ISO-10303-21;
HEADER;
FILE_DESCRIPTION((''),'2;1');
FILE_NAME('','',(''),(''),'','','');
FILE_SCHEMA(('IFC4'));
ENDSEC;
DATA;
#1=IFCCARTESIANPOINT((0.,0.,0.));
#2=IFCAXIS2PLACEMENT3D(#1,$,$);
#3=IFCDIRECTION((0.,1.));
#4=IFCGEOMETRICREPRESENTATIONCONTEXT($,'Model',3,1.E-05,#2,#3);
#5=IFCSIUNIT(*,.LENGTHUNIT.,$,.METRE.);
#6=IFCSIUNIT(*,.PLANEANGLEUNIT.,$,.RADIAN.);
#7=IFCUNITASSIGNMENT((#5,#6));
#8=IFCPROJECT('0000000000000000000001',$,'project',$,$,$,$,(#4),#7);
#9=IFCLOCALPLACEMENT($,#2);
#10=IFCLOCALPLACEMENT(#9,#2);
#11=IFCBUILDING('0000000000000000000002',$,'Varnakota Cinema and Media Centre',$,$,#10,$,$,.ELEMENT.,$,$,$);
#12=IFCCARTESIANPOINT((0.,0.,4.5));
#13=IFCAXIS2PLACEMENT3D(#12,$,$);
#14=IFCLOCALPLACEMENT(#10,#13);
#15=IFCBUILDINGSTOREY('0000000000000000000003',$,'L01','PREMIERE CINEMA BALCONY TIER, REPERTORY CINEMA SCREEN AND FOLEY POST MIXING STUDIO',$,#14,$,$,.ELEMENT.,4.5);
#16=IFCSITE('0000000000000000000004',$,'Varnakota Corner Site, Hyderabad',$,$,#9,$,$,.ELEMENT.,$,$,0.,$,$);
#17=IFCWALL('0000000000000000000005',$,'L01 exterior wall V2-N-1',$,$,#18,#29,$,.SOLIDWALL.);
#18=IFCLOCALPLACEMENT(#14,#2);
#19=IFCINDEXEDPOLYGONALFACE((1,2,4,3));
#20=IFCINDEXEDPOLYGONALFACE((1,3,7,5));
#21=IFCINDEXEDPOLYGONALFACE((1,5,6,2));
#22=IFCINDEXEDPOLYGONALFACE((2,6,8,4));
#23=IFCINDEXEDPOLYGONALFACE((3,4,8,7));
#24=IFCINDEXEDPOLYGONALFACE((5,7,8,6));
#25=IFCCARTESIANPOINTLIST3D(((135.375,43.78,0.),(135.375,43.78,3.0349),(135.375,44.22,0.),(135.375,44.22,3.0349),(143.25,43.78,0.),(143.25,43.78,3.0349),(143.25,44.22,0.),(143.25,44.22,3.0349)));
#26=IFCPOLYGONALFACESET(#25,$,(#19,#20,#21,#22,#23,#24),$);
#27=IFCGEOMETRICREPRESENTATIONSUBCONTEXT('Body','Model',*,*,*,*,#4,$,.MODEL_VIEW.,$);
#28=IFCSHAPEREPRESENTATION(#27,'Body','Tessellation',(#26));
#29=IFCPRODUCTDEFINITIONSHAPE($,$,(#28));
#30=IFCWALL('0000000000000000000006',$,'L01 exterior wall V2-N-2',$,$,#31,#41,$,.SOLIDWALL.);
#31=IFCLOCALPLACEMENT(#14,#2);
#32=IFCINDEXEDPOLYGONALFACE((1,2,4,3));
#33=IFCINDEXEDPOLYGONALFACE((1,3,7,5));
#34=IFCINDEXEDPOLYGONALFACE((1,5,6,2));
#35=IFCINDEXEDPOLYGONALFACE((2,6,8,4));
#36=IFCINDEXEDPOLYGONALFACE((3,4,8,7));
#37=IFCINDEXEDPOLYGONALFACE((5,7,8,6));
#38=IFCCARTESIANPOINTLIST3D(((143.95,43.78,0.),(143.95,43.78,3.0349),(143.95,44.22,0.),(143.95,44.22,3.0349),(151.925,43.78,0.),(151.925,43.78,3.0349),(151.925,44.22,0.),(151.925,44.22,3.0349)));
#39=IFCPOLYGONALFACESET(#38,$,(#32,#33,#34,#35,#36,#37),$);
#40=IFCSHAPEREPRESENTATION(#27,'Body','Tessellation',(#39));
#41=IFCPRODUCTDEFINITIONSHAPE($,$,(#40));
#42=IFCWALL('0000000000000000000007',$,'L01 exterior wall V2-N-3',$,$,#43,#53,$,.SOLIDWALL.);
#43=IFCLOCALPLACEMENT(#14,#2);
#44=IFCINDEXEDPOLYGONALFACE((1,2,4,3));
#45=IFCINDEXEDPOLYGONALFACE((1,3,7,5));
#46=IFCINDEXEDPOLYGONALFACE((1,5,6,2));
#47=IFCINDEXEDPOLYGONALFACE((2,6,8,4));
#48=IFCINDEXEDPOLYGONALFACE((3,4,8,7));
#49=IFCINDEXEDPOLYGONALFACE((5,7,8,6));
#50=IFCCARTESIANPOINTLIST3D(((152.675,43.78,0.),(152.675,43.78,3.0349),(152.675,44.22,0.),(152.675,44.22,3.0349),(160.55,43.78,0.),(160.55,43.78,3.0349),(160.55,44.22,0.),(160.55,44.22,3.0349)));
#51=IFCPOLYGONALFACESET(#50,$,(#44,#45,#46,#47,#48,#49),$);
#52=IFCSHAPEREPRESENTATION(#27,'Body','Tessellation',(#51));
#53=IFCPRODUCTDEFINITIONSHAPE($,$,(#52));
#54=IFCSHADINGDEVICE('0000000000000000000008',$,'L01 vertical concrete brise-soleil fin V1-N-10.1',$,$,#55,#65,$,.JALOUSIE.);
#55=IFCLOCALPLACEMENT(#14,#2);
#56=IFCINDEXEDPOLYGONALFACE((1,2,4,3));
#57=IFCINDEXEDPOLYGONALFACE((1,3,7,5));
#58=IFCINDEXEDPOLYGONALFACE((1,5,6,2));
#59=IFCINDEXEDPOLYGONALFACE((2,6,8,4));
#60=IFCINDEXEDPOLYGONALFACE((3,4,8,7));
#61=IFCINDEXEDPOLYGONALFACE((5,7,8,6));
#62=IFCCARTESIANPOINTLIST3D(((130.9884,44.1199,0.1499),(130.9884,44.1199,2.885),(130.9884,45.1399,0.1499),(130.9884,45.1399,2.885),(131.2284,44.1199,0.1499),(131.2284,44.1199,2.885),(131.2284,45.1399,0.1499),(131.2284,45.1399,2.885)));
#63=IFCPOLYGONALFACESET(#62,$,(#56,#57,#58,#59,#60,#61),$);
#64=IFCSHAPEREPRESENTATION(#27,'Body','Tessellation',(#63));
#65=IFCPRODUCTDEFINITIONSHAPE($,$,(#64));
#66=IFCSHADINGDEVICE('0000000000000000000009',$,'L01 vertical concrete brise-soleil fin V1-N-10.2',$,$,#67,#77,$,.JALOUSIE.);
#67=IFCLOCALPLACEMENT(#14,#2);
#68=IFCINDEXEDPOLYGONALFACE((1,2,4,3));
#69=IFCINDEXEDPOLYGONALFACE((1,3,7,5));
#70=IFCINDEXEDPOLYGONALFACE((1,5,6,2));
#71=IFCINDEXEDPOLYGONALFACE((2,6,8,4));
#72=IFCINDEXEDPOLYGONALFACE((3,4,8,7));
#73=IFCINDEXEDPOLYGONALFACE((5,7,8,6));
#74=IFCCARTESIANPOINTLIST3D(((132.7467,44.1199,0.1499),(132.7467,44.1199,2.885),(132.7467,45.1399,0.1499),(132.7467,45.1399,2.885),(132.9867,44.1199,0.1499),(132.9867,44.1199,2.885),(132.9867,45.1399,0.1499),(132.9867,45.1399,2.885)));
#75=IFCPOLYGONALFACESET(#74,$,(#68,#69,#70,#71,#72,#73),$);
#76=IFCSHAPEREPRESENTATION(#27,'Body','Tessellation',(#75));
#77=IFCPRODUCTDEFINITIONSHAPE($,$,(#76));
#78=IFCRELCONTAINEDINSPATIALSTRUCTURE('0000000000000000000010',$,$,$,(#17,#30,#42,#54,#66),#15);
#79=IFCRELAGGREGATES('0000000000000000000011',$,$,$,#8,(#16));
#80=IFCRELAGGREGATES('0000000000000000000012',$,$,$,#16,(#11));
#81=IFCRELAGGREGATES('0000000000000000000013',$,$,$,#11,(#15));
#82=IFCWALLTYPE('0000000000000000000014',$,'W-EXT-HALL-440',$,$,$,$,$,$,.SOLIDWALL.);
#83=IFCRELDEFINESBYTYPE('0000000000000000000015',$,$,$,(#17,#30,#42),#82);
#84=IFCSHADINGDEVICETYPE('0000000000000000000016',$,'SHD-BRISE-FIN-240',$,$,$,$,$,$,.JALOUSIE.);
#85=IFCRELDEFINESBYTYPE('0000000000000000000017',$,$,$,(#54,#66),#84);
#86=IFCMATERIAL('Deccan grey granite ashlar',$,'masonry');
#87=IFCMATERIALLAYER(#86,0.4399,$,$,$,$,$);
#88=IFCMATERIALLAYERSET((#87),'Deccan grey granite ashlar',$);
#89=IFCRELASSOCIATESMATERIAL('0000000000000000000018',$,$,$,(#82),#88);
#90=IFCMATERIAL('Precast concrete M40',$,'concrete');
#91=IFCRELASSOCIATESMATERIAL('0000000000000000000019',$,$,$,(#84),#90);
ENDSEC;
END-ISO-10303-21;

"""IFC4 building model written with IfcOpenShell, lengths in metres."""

from ifc_helpers import new_model, si_unit, direction, frame, frame_2d, origin, origin_2d, place, context, subcontext, project, spatial, rectangle, extrude, material, layer, layer_set, type_object, element, save


model = new_model("IFC4")

# Units and contexts
model_context = context("Model", 3, precision=1e-05, world=origin(), true_north=direction((0.0, 1.0)))
body_context = subcontext(model_context, "Body", "Model", "MODEL_VIEW")
ifc_project = project(units=[si_unit("LENGTHUNIT", "METRE"), si_unit("PLANEANGLEUNIT", "RADIAN")], contexts=[model_context])

# Site, building, storey
site_placement = place(None, origin())
site = spatial("IfcSite", under=ifc_project, at=site_placement, Name="Varnakota Corner Site, Hyderabad", CompositionType="ELEMENT", RefElevation=0.0)
building_placement = place(site_placement, origin())
building = spatial("IfcBuilding", under=site, at=building_placement, Name="Varnakota Cinema and Media Centre", CompositionType="ELEMENT")
storey_placement = place(building_placement, frame((0.0, 0.0, 4.5)))
storey = spatial("IfcBuildingStorey", under=building, at=storey_placement, Name="L01", Description="PREMIERE CINEMA BALCONY TIER, REPERTORY CINEMA SCREEN AND FOLEY POST MIXING STUDIO", CompositionType="ELEMENT", Elevation=4.5)

# Walls
ifc_material_1 = material(Name="Deccan grey granite ashlar", Category="masonry")
ifc_layer_1 = layer(ifc_material_1, 0.4399)
ifc_layer_set_1 = layer_set([ifc_layer_1], Name="Deccan grey granite ashlar")
wall_type = type_object("IfcWallType", Name="W-EXT-HALL-440", PredefinedType="SOLIDWALL", material=ifc_layer_set_1)
wall_1_placement = place(storey_placement, frame((135.375, 44.0, 0.0), z_axis=(0.0, 0.0, 1.0), x_axis=(1.0, 0.0, 0.0)))
element("IfcWall", 1, at=wall_1_placement, inside=storey, type_object=wall_type, Name="L01 exterior wall V2-N-1", PredefinedType="SOLIDWALL", context=body_context, shape_type="SweptSolid", body=[
    extrude(rectangle(XDim=7.875, YDim=0.4399, at=frame_2d((3.9375, 0.0))), origin(), (0.0, 0.0, 1.0), 3.0349),
])
wall_2_placement = place(storey_placement, frame((143.95, 44.0, 0.0), z_axis=(0.0, 0.0, 1.0), x_axis=(1.0, 0.0, 0.0)))
element("IfcWall", 2, at=wall_2_placement, inside=storey, type_object=wall_type, Name="L01 exterior wall V2-N-2", PredefinedType="SOLIDWALL", context=body_context, shape_type="SweptSolid", body=[
    extrude(rectangle(XDim=7.9751, YDim=0.4399, at=frame_2d((3.9875, 0.0))), origin(), (0.0, 0.0, 1.0), 3.0349),
])
wall_3_placement = place(storey_placement, frame((152.675, 44.0, 0.0), z_axis=(0.0, 0.0, 1.0), x_axis=(1.0, 0.0, 0.0)))
element("IfcWall", 3, at=wall_3_placement, inside=storey, type_object=wall_type, Name="L01 exterior wall V2-N-3", PredefinedType="SOLIDWALL", context=body_context, shape_type="SweptSolid", body=[
    extrude(rectangle(XDim=7.875, YDim=0.4399, at=frame_2d((3.9375, 0.0))), origin(), (0.0, 0.0, 1.0), 3.0349),
])

# Shading devices
ifc_material_2 = material(Name="Precast concrete M40", Category="concrete")
shading_device_type = type_object("IfcShadingDeviceType", Name="SHD-BRISE-FIN-240", PredefinedType="JALOUSIE", material=ifc_material_2)
for number, where, z_axis, x_axis, name in (
    (4, (131.1084, 44.6299, 0.1499), (0.0, 0.0, 1.0), (1.0, 0.0, 0.0), "L01 vertical concrete brise-soleil fin V1-N-10.1"),
    (5, (132.8667, 44.6299, 0.1499), (0.0, 0.0, 1.0), (1.0, 0.0, 0.0), "L01 vertical concrete brise-soleil fin V1-N-10.2"),
):
    element("IfcShadingDevice", number, at=place(storey_placement, frame(where, z_axis=z_axis, x_axis=x_axis)), inside=storey, type_object=shading_device_type, Name=name, PredefinedType="JALOUSIE", context=body_context, shape_type="SweptSolid", body=[
        extrude(rectangle(XDim=0.24, YDim=1.02, at=origin_2d()), origin(), (0.0, 0.0, 1.0), 2.7351),
    ])

save(model, "model.ifc")
